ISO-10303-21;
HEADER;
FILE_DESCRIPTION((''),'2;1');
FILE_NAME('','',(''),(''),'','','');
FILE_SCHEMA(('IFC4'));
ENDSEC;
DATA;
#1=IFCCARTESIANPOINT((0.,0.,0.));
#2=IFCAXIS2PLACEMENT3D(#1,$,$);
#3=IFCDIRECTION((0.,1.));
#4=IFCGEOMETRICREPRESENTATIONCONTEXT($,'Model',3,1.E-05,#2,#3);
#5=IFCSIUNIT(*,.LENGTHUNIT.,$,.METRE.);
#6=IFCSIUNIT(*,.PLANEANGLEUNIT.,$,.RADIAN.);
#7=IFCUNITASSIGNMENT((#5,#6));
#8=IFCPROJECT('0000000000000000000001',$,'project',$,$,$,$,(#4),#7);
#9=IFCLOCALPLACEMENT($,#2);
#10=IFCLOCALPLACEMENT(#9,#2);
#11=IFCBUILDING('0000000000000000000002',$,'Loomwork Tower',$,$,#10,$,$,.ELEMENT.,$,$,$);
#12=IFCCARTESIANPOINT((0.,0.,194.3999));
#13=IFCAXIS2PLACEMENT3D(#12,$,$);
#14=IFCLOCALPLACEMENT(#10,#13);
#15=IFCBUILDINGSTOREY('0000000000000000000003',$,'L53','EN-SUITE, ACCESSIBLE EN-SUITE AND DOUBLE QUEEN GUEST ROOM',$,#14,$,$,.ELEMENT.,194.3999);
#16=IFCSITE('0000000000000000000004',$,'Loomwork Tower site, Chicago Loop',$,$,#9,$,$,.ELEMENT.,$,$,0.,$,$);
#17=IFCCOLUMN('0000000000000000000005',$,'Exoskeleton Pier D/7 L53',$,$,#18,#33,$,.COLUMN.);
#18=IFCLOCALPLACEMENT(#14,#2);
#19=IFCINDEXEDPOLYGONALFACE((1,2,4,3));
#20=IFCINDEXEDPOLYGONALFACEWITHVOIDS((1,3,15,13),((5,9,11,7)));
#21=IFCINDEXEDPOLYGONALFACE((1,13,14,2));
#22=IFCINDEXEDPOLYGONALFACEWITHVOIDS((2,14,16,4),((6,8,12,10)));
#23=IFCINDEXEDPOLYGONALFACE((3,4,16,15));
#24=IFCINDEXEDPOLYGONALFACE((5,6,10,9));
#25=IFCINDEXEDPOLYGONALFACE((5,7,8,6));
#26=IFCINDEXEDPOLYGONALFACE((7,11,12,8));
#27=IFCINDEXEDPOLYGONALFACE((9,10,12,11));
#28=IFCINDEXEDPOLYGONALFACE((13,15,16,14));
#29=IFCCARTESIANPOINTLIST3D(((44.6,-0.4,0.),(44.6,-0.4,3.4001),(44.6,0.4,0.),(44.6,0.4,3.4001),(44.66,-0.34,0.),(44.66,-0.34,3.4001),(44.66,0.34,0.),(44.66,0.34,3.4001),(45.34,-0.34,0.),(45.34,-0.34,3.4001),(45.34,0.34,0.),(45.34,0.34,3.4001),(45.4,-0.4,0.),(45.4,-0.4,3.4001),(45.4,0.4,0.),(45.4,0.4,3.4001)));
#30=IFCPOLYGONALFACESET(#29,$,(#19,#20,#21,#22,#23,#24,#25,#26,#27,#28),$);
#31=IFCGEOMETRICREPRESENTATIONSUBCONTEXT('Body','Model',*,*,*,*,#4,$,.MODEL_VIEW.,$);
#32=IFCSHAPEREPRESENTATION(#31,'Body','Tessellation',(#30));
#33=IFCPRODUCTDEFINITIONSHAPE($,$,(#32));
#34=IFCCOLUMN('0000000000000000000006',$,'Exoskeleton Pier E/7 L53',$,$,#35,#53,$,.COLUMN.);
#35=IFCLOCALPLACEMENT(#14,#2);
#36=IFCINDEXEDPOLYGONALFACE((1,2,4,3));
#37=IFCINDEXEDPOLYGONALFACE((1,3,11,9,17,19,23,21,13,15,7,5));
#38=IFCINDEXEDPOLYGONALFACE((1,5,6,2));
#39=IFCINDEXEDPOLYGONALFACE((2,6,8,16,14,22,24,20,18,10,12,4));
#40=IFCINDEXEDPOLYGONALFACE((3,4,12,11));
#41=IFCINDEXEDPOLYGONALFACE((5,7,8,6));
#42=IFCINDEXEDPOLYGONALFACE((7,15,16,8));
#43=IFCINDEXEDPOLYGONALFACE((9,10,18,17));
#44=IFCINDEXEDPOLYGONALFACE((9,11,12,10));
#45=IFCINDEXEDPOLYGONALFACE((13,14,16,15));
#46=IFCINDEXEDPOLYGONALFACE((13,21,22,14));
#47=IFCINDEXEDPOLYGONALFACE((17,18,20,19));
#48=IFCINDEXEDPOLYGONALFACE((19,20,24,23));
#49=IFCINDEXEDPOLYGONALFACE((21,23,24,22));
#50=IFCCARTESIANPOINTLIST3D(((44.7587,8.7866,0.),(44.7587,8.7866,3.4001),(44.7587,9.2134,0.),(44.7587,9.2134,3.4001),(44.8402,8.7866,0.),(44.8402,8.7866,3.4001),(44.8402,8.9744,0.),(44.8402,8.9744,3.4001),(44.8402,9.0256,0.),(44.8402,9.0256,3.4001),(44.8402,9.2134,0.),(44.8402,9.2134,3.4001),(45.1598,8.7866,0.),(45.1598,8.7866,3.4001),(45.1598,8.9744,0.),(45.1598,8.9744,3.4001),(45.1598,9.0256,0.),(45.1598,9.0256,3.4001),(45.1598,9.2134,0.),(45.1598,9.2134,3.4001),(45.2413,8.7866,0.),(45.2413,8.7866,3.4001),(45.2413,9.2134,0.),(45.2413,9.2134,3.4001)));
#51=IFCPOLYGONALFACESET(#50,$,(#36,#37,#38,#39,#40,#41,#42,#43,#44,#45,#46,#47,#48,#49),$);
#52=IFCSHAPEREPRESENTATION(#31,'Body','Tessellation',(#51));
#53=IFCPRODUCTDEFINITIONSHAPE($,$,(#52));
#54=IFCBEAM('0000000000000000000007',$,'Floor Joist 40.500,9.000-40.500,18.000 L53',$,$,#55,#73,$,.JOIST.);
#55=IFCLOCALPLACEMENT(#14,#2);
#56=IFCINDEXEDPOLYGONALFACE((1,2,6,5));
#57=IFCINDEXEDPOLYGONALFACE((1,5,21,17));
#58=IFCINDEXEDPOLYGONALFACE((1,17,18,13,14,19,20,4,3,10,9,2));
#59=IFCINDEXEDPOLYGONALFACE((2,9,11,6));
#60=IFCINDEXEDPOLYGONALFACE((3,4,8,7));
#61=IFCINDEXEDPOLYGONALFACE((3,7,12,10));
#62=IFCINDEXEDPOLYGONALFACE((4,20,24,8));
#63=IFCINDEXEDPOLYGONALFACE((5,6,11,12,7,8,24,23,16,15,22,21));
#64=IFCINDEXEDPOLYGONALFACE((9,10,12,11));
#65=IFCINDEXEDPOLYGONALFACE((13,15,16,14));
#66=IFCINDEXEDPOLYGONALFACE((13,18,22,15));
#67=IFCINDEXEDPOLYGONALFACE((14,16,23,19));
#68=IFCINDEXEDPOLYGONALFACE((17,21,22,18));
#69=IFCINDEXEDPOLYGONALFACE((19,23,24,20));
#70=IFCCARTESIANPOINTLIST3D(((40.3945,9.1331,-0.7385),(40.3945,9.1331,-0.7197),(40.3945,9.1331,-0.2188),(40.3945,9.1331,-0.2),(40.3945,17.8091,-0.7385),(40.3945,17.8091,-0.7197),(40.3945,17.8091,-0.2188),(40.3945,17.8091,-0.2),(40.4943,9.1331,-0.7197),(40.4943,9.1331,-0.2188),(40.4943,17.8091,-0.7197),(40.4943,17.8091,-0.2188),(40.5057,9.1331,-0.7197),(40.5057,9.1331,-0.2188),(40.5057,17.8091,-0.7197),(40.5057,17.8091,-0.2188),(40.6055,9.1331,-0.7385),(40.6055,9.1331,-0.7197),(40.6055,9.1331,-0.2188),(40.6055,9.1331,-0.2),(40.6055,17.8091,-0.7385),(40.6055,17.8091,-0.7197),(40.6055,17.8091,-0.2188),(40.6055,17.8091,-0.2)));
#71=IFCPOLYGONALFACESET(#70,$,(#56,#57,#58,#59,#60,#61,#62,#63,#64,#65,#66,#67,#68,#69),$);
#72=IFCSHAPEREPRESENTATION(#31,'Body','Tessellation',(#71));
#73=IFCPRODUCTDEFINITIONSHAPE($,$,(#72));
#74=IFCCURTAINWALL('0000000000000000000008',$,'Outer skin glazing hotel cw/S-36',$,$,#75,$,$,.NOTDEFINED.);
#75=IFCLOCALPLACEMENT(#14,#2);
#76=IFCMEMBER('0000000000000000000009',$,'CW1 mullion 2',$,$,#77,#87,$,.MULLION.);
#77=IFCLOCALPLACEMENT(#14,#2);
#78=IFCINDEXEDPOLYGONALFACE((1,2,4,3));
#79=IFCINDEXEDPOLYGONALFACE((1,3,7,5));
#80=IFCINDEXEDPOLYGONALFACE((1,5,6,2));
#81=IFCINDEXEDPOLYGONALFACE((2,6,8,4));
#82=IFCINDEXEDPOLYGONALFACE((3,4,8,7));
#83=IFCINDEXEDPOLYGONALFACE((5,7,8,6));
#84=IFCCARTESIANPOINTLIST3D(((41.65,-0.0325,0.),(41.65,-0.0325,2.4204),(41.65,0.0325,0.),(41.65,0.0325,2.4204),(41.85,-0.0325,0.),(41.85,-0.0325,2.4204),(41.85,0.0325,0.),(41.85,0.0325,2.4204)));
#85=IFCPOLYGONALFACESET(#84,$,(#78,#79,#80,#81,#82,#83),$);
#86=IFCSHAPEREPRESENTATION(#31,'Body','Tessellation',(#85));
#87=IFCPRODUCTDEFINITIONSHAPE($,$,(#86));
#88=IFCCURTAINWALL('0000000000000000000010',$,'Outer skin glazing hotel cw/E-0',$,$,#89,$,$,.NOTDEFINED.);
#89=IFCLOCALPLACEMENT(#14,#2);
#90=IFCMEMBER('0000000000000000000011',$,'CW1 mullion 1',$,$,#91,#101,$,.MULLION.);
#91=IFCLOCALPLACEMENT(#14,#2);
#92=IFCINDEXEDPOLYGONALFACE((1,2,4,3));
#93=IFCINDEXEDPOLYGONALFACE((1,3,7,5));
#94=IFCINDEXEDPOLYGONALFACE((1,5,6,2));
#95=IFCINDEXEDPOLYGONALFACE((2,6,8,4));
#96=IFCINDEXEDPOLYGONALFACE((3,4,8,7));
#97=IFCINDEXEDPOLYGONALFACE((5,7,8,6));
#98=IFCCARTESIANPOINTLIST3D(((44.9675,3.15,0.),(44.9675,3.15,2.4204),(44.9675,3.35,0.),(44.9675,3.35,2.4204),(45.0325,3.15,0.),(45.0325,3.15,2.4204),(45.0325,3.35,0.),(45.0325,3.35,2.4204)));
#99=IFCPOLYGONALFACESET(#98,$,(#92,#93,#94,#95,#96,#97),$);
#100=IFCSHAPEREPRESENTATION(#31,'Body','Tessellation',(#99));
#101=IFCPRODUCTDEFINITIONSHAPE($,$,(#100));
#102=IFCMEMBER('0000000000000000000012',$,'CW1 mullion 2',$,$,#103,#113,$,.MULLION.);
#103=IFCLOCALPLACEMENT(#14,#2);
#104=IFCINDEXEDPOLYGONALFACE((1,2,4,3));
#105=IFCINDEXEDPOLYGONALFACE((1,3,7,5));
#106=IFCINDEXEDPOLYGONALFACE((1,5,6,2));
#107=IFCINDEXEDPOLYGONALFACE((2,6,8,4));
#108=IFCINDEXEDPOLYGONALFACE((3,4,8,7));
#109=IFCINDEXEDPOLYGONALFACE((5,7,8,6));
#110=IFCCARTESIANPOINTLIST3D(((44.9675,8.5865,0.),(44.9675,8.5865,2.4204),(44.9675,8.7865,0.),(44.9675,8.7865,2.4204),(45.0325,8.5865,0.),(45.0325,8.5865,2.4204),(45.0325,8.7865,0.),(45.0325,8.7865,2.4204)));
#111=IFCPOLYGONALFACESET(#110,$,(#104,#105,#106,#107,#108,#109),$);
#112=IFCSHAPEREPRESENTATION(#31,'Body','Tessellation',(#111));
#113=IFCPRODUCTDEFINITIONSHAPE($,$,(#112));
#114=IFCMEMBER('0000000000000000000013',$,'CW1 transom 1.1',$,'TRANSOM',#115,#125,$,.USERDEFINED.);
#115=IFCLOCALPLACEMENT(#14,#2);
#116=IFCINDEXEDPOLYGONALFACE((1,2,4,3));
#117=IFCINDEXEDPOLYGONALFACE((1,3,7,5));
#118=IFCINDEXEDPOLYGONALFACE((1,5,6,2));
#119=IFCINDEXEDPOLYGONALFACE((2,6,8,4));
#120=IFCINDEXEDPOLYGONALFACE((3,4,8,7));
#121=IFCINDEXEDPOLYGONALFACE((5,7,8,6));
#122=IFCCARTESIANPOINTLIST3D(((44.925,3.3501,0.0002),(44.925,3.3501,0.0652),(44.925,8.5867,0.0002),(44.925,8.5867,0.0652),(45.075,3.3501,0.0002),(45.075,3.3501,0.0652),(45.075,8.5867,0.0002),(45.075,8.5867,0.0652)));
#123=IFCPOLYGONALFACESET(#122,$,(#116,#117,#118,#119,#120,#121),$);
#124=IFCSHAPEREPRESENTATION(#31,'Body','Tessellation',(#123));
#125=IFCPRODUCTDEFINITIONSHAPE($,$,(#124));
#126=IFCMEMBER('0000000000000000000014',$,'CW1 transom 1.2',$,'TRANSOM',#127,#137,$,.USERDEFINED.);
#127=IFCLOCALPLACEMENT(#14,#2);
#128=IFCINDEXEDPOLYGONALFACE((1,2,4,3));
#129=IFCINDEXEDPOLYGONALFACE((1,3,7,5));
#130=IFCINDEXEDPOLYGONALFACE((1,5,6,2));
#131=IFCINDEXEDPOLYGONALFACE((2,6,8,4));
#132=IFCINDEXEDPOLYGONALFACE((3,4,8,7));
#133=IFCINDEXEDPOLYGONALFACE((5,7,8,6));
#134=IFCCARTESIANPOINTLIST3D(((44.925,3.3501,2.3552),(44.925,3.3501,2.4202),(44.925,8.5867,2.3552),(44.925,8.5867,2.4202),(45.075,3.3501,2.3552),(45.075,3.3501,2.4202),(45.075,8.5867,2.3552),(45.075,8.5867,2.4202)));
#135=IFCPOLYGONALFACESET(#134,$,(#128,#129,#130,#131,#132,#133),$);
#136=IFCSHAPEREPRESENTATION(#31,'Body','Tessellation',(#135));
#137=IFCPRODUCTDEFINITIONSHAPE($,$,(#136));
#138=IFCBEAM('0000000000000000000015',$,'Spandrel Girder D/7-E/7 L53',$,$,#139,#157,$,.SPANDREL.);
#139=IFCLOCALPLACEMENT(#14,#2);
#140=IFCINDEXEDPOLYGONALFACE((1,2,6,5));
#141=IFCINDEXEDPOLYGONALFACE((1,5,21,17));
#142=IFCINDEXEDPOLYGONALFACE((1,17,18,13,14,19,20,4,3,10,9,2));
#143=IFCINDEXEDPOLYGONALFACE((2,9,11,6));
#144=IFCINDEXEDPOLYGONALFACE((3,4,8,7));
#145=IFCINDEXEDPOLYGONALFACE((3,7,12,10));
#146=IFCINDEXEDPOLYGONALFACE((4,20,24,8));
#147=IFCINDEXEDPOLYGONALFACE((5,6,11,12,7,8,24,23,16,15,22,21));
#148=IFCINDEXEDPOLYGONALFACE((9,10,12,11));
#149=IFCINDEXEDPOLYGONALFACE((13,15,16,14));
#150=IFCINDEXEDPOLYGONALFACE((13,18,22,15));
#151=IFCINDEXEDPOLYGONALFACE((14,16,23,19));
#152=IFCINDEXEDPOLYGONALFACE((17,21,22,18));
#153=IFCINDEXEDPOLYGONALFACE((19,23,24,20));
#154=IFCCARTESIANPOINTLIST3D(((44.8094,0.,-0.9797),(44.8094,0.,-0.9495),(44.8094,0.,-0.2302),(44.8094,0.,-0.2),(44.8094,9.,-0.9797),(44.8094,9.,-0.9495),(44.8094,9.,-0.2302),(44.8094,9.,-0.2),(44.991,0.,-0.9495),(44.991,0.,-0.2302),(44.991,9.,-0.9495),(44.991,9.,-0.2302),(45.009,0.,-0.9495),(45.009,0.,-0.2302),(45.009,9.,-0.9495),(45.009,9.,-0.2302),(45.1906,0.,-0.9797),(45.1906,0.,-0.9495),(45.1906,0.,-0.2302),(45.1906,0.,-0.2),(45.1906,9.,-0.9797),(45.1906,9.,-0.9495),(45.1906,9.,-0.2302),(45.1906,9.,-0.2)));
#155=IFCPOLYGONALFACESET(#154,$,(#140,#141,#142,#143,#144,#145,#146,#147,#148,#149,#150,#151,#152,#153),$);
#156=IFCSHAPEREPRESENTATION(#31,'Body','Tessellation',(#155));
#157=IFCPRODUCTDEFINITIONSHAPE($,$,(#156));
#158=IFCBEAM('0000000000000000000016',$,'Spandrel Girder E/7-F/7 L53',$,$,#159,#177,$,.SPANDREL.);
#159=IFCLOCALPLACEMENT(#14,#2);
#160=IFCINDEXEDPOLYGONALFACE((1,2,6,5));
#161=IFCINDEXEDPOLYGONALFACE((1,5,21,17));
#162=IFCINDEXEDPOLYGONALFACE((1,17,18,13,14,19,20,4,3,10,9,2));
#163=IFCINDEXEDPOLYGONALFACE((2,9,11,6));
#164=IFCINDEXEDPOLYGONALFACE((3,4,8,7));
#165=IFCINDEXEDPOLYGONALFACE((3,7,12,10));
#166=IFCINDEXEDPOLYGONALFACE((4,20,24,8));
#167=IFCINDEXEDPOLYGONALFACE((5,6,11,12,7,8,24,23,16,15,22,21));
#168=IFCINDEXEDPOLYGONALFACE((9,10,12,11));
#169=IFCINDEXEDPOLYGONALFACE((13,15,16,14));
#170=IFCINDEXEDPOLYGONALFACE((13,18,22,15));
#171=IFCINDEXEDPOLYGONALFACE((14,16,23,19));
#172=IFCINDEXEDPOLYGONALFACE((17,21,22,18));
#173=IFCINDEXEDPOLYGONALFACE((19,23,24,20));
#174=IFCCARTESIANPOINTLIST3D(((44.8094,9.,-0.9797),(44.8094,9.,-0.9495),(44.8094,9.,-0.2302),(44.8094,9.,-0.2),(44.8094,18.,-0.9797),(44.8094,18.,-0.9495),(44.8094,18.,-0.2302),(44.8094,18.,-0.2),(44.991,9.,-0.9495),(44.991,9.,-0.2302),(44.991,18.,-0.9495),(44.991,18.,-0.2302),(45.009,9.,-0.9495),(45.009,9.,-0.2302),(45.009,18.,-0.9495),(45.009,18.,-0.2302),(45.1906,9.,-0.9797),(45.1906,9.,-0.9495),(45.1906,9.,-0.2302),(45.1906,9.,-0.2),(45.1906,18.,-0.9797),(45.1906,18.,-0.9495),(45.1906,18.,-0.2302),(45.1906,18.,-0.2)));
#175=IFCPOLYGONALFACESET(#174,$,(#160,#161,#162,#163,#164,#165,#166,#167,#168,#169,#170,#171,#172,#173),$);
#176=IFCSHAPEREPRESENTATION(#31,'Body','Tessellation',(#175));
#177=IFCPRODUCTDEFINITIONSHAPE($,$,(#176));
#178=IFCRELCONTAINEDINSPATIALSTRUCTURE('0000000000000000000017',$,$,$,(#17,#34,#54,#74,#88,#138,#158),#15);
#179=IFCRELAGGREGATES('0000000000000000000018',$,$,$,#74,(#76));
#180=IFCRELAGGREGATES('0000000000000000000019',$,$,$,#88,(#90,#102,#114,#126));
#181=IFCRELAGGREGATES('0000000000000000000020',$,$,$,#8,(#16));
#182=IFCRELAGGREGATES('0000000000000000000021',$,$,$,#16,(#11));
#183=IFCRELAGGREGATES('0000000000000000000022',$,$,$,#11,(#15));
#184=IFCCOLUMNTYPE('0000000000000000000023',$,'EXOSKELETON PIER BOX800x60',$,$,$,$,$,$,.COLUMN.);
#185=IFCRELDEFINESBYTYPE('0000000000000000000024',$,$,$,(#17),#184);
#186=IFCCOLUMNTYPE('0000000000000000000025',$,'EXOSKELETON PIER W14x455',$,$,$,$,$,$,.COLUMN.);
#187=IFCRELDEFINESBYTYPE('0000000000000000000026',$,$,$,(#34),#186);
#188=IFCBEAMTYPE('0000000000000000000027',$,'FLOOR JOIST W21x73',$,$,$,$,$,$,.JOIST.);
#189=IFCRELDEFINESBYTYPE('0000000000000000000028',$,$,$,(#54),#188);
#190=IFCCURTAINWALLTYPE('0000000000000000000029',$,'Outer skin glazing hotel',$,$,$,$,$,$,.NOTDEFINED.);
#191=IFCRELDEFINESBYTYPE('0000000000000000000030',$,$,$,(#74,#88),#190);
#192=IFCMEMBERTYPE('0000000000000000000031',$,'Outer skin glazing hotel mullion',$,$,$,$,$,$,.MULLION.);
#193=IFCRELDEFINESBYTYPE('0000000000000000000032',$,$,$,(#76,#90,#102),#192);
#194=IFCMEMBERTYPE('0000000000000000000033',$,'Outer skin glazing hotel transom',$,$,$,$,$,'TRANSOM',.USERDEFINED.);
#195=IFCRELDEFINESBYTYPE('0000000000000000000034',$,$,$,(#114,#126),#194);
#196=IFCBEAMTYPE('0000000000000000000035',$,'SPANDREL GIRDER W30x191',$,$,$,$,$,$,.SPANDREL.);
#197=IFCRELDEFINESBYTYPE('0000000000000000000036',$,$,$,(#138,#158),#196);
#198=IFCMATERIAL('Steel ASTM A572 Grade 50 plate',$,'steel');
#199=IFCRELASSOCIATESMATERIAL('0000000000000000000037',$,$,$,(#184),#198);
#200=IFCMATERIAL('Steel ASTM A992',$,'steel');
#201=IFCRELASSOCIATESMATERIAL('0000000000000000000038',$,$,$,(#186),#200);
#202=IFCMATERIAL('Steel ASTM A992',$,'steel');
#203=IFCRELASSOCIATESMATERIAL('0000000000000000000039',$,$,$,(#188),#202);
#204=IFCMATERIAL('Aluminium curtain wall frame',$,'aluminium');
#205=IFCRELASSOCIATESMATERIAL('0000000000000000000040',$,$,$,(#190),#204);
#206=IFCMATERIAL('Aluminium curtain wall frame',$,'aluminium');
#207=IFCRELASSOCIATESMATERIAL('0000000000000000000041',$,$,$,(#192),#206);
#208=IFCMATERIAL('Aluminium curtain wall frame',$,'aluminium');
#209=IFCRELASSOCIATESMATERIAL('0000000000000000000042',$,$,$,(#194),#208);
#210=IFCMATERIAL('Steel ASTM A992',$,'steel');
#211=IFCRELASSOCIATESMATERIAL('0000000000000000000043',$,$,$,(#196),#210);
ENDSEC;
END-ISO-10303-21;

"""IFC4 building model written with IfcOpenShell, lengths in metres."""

from ifc_helpers import new_model, si_unit, direction, frame, origin, origin_2d, place, context, subcontext, project, spatial, rectangle, hollow_rectangle, i_section, extrude, material, material_profile, profile_set, type_object, element, aggregate, save


model = new_model("IFC4")

# Units and contexts
model_context = context("Model", 3, precision=1e-05, world=origin(), true_north=direction((0.0, 1.0)))
body_context = subcontext(model_context, "Body", "Model", "MODEL_VIEW")
ifc_project = project(units=[si_unit("LENGTHUNIT", "METRE"), si_unit("PLANEANGLEUNIT", "RADIAN")], contexts=[model_context])

# Site, building, storey
site_placement = place(None, origin())
site = spatial("IfcSite", under=ifc_project, at=site_placement, Name="Loomwork Tower site, Chicago Loop", CompositionType="ELEMENT", RefElevation=0.0)
building_placement = place(site_placement, origin())
building = spatial("IfcBuilding", under=site, at=building_placement, Name="Loomwork Tower", CompositionType="ELEMENT")
storey_placement = place(building_placement, frame((0.0, 0.0, 194.3999)))
storey = spatial("IfcBuildingStorey", under=building, at=storey_placement, Name="L53", Description="EN-SUITE, ACCESSIBLE EN-SUITE AND DOUBLE QUEEN GUEST ROOM", CompositionType="ELEMENT", Elevation=194.3999)

# Columns
ifc_material_1 = material(Name="Steel ASTM A572 Grade 50 plate", Category="steel")
ifc_material_profile_1 = material_profile(ifc_material_1, hollow_rectangle(XDim=0.8, YDim=0.8, WallThickness=0.0601, at=origin_2d()), Name="BOX800x60")
ifc_profile_set_1 = profile_set([ifc_material_profile_1], Name="Steel ASTM A572 Grade 50 plate")
column_type_1 = type_object("IfcColumnType", Name="EXOSKELETON PIER BOX800x60", PredefinedType="COLUMN", material=ifc_profile_set_1)
column_1_placement = place(storey_placement, frame((45.0, 0.0, 0.0), z_axis=(0.0, 0.0, 1.0), x_axis=(1.0, 0.0, 0.0)))
element("IfcColumn", 1, at=column_1_placement, inside=storey, type_object=column_type_1, Name="Exoskeleton Pier D/7 L53", PredefinedType="COLUMN", context=body_context, shape_type="SweptSolid", body=[
    extrude(hollow_rectangle(XDim=0.8, YDim=0.8, WallThickness=0.0601, at=origin_2d()), origin(), (0.0, 0.0, 1.0), 3.4001),
])
ifc_material_2 = material(Name="Steel ASTM A992", Category="steel")
ifc_material_profile_2 = material_profile(ifc_material_2, i_section(OverallWidth=0.4268, OverallDepth=0.4827, WebThickness=0.0513, FlangeThickness=0.0815, at=origin_2d()), Name="W14x455")
ifc_profile_set_2 = profile_set([ifc_material_profile_2], Name="Steel ASTM A992")
column_type_2 = type_object("IfcColumnType", Name="EXOSKELETON PIER W14x455", PredefinedType="COLUMN", material=ifc_profile_set_2)
column_2_placement = place(storey_placement, frame((45.0, 9.0, 0.0), z_axis=(0.0, 0.0, 1.0), x_axis=(0.0, 1.0, 0.0)))
element("IfcColumn", 2, at=column_2_placement, inside=storey, type_object=column_type_2, Name="Exoskeleton Pier E/7 L53", PredefinedType="COLUMN", context=body_context, shape_type="SweptSolid", body=[
    extrude(i_section(OverallWidth=0.4268, OverallDepth=0.4827, WebThickness=0.0513, FlangeThickness=0.0815, at=origin_2d()), origin(), (0.0, 0.0, 1.0), 3.4001),
])

# Beam
ifc_material_3 = material(Name="Steel ASTM A992", Category="steel")
ifc_material_profile_3 = material_profile(ifc_material_3, i_section(OverallWidth=0.2109, OverallDepth=0.5386, WebThickness=0.0115, FlangeThickness=0.0188, at=origin_2d()), Name="W21x73")
ifc_profile_set_3 = profile_set([ifc_material_profile_3], Name="Steel ASTM A992")
beam_type_1 = type_object("IfcBeamType", Name="FLOOR JOIST W21x73", PredefinedType="JOIST", material=ifc_profile_set_3)
beam_placement = place(storey_placement, frame((40.5, 9.1331, -0.4692), z_axis=(0.0, 1.0, 0.0), x_axis=(-1.0, 0.0, 0.0)))
element("IfcBeam", 3, at=beam_placement, inside=storey, type_object=beam_type_1, Name="Floor Joist 40.500,9.000-40.500,18.000 L53", PredefinedType="JOIST", context=body_context, shape_type="SweptSolid", body=[
    extrude(i_section(OverallWidth=0.2109, OverallDepth=0.5386, WebThickness=0.0115, FlangeThickness=0.0188, at=origin_2d()), origin(), (0.0, 0.0, 1.0), 8.676),
])

# Curtain wall, member
ifc_material_4 = material(Name="Aluminium curtain wall frame", Category="aluminium")
curtain_wall_type = type_object("IfcCurtainWallType", Name="Outer skin glazing hotel", PredefinedType="NOTDEFINED", material=ifc_material_4)
curtain_wall_1_placement = place(storey_placement, origin())
curtain_wall_1 = element("IfcCurtainWall", 4, at=curtain_wall_1_placement, inside=storey, type_object=curtain_wall_type, Name="Outer skin glazing hotel cw/S-36", PredefinedType="NOTDEFINED")
ifc_material_5 = material(Name="Aluminium curtain wall frame", Category="aluminium")
ifc_material_profile_4 = material_profile(ifc_material_5, rectangle(XDim=0.0649, YDim=0.2, at=origin_2d()), Name="AL 65x200")
ifc_profile_set_4 = profile_set([ifc_material_profile_4], Name="Aluminium curtain wall frame")
member_type_1 = type_object("IfcMemberType", Name="Outer skin glazing hotel mullion", PredefinedType="MULLION", material=ifc_profile_set_4)
member_1_placement = place(storey_placement, frame((41.75, 0.0, 0.0), z_axis=(0.0, 0.0, 1.0), x_axis=(0.0, 1.0, 0.0)))
member_1 = element("IfcMember", 5, at=member_1_placement, type_object=member_type_1, Name="CW1 mullion 2", PredefinedType="MULLION", context=body_context, shape_type="SweptSolid", body=[
    extrude(rectangle(XDim=0.0649, YDim=0.2, at=origin_2d()), origin(), (0.0, 0.0, 1.0), 2.4204),
])
aggregate(curtain_wall_1, [member_1])

# Curtain wall, members
curtain_wall_2_placement = place(storey_placement, origin())
curtain_wall_2 = element("IfcCurtainWall", 6, at=curtain_wall_2_placement, inside=storey, type_object=curtain_wall_type, Name="Outer skin glazing hotel cw/E-0", PredefinedType="NOTDEFINED")
member_2_placement = place(storey_placement, frame((45.0, 3.25, 0.0), z_axis=(0.0, 0.0, 1.0), x_axis=(-1.0, 0.0, 0.0)))
member_2 = element("IfcMember", 7, at=member_2_placement, type_object=member_type_1, Name="CW1 mullion 1", PredefinedType="MULLION", context=body_context, shape_type="SweptSolid", body=[
    extrude(rectangle(XDim=0.0649, YDim=0.2, at=origin_2d()), origin(), (0.0, 0.0, 1.0), 2.4204),
])
member_3_placement = place(storey_placement, frame((45.0, 8.6865, 0.0), z_axis=(0.0, 0.0, 1.0), x_axis=(-1.0, 0.0, 0.0)))
member_3 = element("IfcMember", 8, at=member_3_placement, type_object=member_type_1, Name="CW1 mullion 2", PredefinedType="MULLION", context=body_context, shape_type="SweptSolid", body=[
    extrude(rectangle(XDim=0.0649, YDim=0.2, at=origin_2d()), origin(), (0.0, 0.0, 1.0), 2.4204),
])
ifc_material_6 = material(Name="Aluminium curtain wall frame", Category="aluminium")
ifc_material_profile_5 = material_profile(ifc_material_6, rectangle(XDim=0.1499, YDim=0.0649, at=origin_2d()), Name="AL 65x150")
ifc_profile_set_5 = profile_set([ifc_material_profile_5], Name="Aluminium curtain wall frame")
member_type_2 = type_object("IfcMemberType", Name="Outer skin glazing hotel transom", ElementType="TRANSOM", PredefinedType="USERDEFINED", material=ifc_profile_set_5)
member_4_placement = place(storey_placement, frame((45.0, 3.3501, 0.0327), z_axis=(0.0, 1.0, 0.0), x_axis=(-1.0, 0.0, 0.0)))
member_4 = element("IfcMember", 9, at=member_4_placement, type_object=member_type_2, Name="CW1 transom 1.1", ObjectType="TRANSOM", PredefinedType="USERDEFINED", context=body_context, shape_type="SweptSolid", body=[
    extrude(rectangle(XDim=0.1499, YDim=0.0649, at=origin_2d()), origin(), (0.0, 0.0, 1.0), 5.2366),
])
member_5_placement = place(storey_placement, frame((45.0, 3.3501, 2.3877), z_axis=(0.0, 1.0, 0.0), x_axis=(-1.0, 0.0, 0.0)))
member_5 = element("IfcMember", 10, at=member_5_placement, type_object=member_type_2, Name="CW1 transom 1.2", ObjectType="TRANSOM", PredefinedType="USERDEFINED", context=body_context, shape_type="SweptSolid", body=[
    extrude(rectangle(XDim=0.1499, YDim=0.0649, at=origin_2d()), origin(), (0.0, 0.0, 1.0), 5.2366),
])

# Beams
ifc_material_7 = material(Name="Steel ASTM A992", Category="steel")
ifc_material_profile_6 = material_profile(ifc_material_7, i_section(OverallWidth=0.3811, OverallDepth=0.7798, WebThickness=0.0181, FlangeThickness=0.0303, at=origin_2d()), Name="W30x191")
ifc_profile_set_6 = profile_set([ifc_material_profile_6], Name="Steel ASTM A992")
beam_type_2 = type_object("IfcBeamType", Name="SPANDREL GIRDER W30x191", PredefinedType="SPANDREL", material=ifc_profile_set_6)
for number, where, z_axis, x_axis, name in (
    (11, (45.0, 0.0, -0.5898), (0.0, 1.0, 0.0), (-1.0, 0.0, 0.0), "Spandrel Girder D/7-E/7 L53"),
    (12, (45.0, 9.0, -0.5898), (0.0, 1.0, 0.0), (-1.0, 0.0, 0.0), "Spandrel Girder E/7-F/7 L53"),
):
    element("IfcBeam", number, at=place(storey_placement, frame(where, z_axis=z_axis, x_axis=x_axis)), inside=storey, type_object=beam_type_2, Name=name, PredefinedType="SPANDREL", context=body_context, shape_type="SweptSolid", body=[
        extrude(i_section(OverallWidth=0.3811, OverallDepth=0.7798, WebThickness=0.0181, FlangeThickness=0.0303, at=origin_2d()), origin(), (0.0, 0.0, 1.0), 9.0),
    ])

aggregate(curtain_wall_2, [member_2, member_3, member_4, member_5])

save(model, "model.ifc")
